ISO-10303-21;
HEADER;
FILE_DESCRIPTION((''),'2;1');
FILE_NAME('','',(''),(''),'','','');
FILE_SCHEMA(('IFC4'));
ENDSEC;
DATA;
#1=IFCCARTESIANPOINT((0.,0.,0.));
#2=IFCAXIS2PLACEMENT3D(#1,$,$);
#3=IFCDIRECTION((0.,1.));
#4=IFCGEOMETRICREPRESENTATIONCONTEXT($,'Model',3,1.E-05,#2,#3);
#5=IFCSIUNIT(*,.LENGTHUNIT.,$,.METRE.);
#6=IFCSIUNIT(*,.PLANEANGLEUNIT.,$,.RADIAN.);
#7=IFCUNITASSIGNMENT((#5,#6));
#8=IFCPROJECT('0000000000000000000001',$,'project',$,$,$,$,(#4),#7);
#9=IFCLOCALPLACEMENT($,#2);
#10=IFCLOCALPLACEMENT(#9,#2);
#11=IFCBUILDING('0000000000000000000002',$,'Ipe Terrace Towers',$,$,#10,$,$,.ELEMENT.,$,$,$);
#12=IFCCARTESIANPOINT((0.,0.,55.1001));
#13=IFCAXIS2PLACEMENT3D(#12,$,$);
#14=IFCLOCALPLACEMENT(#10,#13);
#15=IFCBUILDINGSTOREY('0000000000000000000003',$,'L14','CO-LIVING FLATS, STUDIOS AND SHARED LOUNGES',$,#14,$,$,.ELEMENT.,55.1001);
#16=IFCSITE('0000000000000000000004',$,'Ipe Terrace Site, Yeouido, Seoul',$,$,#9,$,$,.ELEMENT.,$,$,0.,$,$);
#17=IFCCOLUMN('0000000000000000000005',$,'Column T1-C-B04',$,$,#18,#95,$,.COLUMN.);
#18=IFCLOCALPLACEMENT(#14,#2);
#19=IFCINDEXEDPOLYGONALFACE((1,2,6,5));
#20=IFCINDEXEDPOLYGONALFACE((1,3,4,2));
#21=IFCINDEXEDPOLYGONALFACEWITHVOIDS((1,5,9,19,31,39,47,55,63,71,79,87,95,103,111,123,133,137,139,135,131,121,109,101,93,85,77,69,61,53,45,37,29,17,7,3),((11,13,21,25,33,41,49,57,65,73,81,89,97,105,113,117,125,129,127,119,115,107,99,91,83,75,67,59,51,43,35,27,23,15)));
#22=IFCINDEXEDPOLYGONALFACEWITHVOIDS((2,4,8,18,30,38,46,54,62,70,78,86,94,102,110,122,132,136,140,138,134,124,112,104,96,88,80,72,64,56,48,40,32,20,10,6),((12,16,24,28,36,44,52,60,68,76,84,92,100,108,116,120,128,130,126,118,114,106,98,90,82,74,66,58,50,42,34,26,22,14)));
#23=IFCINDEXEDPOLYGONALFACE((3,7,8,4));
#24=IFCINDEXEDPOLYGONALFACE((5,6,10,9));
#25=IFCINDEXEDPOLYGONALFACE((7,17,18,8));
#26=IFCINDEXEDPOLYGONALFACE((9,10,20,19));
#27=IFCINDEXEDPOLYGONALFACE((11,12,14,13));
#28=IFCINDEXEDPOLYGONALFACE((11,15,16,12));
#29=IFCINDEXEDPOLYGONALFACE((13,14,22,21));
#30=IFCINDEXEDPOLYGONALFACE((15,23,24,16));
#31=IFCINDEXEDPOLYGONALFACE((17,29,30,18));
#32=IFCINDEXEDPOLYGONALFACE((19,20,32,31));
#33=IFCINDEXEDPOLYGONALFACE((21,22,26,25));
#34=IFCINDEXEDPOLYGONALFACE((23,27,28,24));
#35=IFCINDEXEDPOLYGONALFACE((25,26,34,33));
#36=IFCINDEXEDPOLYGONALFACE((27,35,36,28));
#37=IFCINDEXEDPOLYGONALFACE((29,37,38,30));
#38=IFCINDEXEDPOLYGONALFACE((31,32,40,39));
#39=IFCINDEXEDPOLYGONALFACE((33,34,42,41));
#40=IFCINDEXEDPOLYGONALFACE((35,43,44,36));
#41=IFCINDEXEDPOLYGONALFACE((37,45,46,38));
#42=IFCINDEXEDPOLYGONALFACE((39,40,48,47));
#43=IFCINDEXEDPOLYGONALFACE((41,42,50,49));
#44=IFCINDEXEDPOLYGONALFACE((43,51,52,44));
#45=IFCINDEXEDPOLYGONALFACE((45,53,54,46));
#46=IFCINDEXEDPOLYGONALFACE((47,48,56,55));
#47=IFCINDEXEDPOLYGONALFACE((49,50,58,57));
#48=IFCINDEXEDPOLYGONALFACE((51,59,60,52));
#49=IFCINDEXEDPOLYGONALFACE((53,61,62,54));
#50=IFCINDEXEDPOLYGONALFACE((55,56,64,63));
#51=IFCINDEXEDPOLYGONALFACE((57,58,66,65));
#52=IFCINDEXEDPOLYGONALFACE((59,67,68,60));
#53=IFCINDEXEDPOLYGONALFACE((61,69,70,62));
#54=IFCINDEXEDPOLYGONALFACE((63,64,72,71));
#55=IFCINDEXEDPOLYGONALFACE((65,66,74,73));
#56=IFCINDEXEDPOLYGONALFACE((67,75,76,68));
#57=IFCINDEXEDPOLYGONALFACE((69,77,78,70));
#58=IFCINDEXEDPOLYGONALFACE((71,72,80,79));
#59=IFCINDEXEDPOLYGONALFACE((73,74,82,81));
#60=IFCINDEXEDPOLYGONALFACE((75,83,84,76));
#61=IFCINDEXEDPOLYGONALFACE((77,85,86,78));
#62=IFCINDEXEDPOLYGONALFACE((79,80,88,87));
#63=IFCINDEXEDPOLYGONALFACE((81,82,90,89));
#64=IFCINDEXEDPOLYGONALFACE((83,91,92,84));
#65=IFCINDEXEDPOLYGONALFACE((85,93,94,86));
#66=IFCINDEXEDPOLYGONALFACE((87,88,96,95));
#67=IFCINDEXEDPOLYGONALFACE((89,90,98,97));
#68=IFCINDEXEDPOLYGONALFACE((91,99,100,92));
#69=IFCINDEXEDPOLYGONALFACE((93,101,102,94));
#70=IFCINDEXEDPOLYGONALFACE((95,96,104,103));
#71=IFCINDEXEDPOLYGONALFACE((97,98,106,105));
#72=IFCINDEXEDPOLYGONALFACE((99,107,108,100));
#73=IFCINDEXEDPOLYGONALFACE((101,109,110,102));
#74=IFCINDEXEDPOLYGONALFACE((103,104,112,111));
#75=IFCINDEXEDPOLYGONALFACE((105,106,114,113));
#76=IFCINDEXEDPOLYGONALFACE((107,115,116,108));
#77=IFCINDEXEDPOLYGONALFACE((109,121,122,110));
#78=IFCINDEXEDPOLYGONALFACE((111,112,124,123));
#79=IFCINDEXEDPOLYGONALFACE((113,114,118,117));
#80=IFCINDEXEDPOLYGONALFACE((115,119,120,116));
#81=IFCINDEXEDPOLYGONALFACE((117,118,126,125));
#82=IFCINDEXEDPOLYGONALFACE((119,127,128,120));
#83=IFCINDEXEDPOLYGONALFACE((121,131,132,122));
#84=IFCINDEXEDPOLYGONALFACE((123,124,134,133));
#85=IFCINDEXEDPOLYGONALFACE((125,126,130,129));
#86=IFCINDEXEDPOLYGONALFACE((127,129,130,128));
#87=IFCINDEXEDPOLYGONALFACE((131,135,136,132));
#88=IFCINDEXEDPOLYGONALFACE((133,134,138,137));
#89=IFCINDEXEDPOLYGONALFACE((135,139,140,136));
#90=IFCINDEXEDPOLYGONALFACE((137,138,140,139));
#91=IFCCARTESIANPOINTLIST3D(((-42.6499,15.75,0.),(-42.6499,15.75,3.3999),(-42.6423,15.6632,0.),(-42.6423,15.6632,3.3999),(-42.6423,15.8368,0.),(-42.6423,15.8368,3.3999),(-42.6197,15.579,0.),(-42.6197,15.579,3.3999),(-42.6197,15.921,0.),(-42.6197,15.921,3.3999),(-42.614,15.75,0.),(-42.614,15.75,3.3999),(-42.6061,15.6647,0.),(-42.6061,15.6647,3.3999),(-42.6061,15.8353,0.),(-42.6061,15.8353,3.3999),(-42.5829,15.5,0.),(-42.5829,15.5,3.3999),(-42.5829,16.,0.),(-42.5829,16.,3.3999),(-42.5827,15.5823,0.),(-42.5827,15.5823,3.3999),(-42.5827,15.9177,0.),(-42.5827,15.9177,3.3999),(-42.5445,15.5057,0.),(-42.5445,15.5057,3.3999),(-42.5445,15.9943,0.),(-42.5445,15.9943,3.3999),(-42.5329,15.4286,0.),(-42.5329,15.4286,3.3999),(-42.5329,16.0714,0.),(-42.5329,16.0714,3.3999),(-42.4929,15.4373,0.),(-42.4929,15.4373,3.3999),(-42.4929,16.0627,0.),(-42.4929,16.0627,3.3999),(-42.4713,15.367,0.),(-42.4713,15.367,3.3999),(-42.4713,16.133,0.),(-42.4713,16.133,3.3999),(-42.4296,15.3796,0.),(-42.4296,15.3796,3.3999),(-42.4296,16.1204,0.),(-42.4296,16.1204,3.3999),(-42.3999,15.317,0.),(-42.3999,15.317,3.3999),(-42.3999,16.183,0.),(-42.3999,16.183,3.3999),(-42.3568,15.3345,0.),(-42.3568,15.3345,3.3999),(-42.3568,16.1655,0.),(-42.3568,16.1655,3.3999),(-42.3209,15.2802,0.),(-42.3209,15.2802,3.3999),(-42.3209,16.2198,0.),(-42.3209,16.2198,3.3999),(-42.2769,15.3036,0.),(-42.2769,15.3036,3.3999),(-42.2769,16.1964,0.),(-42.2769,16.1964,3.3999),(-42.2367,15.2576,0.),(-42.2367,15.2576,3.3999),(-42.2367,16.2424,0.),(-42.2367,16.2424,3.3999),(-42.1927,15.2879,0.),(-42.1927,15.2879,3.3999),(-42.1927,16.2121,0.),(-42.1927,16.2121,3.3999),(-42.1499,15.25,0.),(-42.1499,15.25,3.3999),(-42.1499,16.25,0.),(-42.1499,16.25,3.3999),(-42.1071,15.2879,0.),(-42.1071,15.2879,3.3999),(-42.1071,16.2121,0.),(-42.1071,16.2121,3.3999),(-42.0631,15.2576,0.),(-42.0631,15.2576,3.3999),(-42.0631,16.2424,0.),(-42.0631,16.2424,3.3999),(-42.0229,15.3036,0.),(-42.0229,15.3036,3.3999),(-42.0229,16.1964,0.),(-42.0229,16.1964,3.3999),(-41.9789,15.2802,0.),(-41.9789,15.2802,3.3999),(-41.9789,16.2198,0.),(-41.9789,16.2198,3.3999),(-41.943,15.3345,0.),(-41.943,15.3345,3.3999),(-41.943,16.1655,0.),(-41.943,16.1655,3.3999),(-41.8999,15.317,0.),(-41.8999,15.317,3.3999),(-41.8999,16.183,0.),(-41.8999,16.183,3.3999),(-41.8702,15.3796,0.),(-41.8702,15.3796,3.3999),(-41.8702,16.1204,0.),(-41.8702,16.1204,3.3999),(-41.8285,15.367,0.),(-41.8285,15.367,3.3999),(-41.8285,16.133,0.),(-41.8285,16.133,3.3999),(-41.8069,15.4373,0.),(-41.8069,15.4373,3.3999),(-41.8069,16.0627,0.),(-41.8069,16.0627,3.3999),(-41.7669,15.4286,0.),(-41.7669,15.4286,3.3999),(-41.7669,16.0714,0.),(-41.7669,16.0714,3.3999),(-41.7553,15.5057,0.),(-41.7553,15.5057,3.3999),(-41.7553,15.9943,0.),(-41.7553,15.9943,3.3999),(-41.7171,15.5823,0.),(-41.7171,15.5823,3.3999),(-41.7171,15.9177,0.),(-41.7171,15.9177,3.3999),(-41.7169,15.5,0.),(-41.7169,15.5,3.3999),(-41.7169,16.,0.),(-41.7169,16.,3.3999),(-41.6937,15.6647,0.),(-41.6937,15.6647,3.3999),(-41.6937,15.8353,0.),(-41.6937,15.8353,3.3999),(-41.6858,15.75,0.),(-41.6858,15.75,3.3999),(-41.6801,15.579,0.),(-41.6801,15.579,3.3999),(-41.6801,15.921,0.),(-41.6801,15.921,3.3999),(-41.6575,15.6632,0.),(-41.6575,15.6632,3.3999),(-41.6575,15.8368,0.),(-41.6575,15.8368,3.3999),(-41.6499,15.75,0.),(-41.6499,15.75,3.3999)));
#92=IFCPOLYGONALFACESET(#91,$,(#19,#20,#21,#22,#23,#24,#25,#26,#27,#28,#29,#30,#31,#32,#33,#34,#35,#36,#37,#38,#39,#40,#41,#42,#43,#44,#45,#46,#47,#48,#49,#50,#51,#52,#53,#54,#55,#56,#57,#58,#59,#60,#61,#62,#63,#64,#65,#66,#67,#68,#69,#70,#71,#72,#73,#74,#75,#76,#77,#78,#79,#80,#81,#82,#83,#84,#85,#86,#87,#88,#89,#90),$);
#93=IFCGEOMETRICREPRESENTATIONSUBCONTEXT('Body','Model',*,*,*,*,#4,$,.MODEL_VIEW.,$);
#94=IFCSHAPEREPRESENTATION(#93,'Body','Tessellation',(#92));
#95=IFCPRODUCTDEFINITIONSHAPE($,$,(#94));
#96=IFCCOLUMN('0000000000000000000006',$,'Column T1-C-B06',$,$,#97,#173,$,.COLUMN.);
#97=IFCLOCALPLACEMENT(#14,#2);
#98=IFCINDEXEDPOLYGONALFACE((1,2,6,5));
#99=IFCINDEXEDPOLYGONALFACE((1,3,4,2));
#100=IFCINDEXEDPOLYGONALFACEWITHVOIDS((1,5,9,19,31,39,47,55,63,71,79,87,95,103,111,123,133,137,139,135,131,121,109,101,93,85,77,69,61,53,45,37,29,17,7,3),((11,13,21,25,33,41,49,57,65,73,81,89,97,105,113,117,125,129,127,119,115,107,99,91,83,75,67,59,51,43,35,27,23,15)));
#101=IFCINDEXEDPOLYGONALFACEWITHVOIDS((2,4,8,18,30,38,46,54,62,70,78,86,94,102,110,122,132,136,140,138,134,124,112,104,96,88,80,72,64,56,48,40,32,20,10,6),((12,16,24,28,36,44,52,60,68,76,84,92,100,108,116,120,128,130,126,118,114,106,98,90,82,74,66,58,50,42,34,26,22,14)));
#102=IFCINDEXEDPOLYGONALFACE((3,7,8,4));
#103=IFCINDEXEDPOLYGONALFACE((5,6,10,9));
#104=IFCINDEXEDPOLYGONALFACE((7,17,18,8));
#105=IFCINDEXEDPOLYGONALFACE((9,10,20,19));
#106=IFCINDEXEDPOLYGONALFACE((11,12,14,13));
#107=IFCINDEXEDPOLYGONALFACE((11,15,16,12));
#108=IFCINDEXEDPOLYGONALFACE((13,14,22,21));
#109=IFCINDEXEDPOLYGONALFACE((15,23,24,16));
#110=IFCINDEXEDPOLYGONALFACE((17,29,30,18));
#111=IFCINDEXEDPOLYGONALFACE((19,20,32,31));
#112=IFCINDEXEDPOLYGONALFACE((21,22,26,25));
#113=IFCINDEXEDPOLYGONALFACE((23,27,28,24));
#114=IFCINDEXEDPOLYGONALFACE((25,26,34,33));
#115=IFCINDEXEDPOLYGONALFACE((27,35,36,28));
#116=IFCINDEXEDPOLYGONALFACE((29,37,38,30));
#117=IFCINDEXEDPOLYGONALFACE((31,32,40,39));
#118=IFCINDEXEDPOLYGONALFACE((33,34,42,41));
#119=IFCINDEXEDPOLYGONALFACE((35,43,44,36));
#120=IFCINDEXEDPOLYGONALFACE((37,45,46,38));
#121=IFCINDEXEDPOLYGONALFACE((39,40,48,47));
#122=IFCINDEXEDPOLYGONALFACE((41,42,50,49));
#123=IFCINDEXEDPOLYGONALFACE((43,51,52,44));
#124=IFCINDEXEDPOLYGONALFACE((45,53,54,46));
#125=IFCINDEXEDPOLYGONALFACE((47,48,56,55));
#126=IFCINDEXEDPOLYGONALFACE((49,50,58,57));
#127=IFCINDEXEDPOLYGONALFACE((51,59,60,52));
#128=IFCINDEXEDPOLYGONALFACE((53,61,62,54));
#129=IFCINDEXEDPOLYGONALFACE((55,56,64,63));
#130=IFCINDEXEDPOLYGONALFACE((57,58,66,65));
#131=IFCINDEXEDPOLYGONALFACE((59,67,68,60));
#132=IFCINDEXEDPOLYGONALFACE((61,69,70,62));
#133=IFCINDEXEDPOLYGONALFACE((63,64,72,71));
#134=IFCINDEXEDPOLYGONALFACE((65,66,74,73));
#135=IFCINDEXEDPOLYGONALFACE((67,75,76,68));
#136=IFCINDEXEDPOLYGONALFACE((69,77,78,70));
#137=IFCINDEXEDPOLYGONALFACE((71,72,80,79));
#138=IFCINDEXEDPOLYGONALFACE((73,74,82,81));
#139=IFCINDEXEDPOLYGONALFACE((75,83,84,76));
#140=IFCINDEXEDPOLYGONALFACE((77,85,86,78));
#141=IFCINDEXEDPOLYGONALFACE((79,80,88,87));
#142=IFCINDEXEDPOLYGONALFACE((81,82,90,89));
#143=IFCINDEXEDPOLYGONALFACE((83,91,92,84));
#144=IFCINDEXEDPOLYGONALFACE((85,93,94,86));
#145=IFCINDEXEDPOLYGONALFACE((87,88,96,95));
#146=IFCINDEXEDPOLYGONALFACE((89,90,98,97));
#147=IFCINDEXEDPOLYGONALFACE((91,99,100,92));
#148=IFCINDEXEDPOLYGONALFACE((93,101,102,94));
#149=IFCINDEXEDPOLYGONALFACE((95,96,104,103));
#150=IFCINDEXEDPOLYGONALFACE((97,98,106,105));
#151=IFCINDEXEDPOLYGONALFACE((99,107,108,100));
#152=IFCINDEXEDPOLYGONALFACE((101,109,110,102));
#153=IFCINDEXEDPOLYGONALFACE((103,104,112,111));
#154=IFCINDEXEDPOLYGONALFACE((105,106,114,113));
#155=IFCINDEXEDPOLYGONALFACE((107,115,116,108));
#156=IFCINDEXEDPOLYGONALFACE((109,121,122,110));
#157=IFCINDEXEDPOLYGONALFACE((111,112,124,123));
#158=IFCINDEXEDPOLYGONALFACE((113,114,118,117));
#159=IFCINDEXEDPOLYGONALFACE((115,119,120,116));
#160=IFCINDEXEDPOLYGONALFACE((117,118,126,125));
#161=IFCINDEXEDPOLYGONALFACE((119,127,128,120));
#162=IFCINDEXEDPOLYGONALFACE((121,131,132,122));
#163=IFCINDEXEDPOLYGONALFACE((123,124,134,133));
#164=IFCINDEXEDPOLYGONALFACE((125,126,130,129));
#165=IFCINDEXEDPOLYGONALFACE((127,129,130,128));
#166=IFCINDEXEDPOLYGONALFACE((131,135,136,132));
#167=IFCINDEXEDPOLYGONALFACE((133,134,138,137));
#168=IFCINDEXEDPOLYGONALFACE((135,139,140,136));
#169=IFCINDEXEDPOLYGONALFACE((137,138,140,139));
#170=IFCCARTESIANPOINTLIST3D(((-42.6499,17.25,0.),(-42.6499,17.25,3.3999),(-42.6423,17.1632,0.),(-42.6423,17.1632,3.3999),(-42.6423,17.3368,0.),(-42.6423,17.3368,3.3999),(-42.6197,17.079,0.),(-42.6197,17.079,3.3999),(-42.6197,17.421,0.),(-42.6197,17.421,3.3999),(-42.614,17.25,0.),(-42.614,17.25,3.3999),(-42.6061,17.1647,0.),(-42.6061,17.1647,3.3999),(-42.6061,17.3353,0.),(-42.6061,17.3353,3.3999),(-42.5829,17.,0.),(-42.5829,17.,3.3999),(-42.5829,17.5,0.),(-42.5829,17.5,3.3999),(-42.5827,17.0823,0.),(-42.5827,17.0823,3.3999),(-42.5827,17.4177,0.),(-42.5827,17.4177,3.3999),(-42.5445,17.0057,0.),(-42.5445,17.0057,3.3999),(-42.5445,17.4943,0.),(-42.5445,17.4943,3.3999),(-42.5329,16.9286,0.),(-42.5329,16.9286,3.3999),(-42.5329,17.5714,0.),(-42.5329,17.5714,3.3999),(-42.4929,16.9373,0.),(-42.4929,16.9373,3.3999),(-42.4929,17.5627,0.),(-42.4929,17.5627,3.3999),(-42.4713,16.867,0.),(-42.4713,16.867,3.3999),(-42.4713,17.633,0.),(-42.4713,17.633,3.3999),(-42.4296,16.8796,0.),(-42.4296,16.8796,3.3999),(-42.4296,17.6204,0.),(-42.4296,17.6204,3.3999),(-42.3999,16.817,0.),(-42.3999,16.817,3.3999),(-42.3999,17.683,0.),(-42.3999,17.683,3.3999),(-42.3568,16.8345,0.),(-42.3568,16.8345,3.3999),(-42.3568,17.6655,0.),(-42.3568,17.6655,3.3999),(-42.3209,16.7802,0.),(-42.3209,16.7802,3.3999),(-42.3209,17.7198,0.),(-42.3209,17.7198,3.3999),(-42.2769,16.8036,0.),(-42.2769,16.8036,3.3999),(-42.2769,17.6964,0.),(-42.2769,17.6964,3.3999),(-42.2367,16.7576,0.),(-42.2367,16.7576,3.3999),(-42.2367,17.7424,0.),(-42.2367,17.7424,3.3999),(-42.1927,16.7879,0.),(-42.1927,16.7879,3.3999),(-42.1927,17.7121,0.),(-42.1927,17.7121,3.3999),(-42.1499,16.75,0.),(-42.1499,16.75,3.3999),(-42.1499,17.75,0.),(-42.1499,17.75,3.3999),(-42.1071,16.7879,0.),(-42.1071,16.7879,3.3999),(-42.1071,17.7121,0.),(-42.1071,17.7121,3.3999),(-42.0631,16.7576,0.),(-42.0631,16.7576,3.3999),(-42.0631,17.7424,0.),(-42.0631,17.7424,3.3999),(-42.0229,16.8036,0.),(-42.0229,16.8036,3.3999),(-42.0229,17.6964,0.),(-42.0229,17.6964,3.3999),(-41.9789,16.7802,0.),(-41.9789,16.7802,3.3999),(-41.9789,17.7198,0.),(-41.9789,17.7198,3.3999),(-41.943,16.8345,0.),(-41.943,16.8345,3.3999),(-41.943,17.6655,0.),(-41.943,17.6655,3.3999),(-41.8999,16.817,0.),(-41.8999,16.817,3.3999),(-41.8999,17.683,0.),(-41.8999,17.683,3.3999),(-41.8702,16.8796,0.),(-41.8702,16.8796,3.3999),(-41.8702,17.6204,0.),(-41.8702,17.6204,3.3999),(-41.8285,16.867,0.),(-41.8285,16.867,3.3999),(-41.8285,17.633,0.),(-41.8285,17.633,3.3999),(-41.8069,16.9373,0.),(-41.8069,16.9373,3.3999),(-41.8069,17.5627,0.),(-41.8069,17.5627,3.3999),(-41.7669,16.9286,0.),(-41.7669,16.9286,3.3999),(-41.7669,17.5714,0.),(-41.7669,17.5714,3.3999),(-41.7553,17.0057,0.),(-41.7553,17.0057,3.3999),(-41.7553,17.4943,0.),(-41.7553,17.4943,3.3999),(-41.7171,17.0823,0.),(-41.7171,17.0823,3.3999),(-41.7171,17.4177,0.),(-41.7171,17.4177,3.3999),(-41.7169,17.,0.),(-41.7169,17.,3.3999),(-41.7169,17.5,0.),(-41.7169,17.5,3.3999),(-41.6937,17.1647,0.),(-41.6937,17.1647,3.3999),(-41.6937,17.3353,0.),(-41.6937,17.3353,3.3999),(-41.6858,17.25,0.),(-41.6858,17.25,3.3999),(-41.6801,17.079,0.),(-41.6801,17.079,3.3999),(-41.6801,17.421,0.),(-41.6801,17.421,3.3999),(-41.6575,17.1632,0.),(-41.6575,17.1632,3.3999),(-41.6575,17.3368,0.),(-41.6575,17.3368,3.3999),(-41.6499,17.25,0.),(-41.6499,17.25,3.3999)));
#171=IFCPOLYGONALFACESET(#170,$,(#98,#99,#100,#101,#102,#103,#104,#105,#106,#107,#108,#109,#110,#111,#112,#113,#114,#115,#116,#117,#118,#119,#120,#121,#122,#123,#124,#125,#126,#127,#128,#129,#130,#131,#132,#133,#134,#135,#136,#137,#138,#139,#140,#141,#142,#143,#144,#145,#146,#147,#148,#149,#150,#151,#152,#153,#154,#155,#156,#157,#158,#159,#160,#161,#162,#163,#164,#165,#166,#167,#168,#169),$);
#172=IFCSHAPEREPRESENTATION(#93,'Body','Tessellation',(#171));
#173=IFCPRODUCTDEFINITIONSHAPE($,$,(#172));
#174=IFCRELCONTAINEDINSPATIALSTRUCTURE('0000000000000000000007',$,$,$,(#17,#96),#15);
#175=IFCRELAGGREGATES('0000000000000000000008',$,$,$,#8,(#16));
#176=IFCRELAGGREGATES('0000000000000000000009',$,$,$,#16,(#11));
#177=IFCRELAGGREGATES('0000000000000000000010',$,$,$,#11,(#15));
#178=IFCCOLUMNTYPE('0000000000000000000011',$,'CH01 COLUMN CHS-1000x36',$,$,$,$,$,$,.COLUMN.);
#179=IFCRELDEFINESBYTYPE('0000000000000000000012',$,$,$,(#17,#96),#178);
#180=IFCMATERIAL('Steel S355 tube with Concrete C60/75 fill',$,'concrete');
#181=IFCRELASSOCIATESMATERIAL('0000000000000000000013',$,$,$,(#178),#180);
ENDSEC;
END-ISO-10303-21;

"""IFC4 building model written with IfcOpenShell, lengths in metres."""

from ifc_helpers import new_model, si_unit, direction, frame, origin, origin_2d, place, context, subcontext, project, spatial, hollow_circle, extrude, material, material_profile, profile_set, type_object, element, save


model = new_model("IFC4")

# Units and contexts
model_context = context("Model", 3, precision=1e-05, world=origin(), true_north=direction((0.0, 1.0)))
body_context = subcontext(model_context, "Body", "Model", "MODEL_VIEW")
ifc_project = project(units=[si_unit("LENGTHUNIT", "METRE"), si_unit("PLANEANGLEUNIT", "RADIAN")], contexts=[model_context])

# Site, building, storey
site_placement = place(None, origin())
site = spatial("IfcSite", under=ifc_project, at=site_placement, Name="Ipe Terrace Site, Yeouido, Seoul", CompositionType="ELEMENT", RefElevation=0.0)
building_placement = place(site_placement, origin())
building = spatial("IfcBuilding", under=site, at=building_placement, Name="Ipe Terrace Towers", CompositionType="ELEMENT")
storey_placement = place(building_placement, frame((0.0, 0.0, 55.1001)))
storey = spatial("IfcBuildingStorey", under=building, at=storey_placement, Name="L14", Description="CO-LIVING FLATS, STUDIOS AND SHARED LOUNGES", CompositionType="ELEMENT", Elevation=55.1001)

# Columns
ifc_material_1 = material(Name="Steel S355 tube with Concrete C60/75 fill", Category="concrete")
ifc_material_profile_1 = material_profile(ifc_material_1, hollow_circle(Radius=0.5, WallThickness=0.0359, at=origin_2d()), Name="CHS-1000x36")
ifc_profile_set_1 = profile_set([ifc_material_profile_1], Name="Steel S355 tube with Concrete C60/75 fill")
column_type_1 = type_object("IfcColumnType", Name="CH01 COLUMN CHS-1000x36", PredefinedType="COLUMN", material=ifc_profile_set_1)
for number, where, z_axis, x_axis, name in (
    (1, (-42.1499, 15.75, 0.0), (0.0, 0.0, 1.0), (1.0, 0.0, 0.0), "Column T1-C-B04"),
    (2, (-42.1499, 17.25, 0.0), (0.0, 0.0, 1.0), (1.0, 0.0, 0.0), "Column T1-C-B06"),
):
    element("IfcColumn", number, at=place(storey_placement, frame(where, z_axis=z_axis, x_axis=x_axis)), inside=storey, type_object=column_type_1, Name=name, PredefinedType="COLUMN", context=body_context, shape_type="SweptSolid", body=[
        extrude(hollow_circle(Radius=0.5, WallThickness=0.0359, at=origin_2d()), origin(), (0.0, 0.0, 1.0), 3.3999),
    ])

save(model, "model.ifc")
